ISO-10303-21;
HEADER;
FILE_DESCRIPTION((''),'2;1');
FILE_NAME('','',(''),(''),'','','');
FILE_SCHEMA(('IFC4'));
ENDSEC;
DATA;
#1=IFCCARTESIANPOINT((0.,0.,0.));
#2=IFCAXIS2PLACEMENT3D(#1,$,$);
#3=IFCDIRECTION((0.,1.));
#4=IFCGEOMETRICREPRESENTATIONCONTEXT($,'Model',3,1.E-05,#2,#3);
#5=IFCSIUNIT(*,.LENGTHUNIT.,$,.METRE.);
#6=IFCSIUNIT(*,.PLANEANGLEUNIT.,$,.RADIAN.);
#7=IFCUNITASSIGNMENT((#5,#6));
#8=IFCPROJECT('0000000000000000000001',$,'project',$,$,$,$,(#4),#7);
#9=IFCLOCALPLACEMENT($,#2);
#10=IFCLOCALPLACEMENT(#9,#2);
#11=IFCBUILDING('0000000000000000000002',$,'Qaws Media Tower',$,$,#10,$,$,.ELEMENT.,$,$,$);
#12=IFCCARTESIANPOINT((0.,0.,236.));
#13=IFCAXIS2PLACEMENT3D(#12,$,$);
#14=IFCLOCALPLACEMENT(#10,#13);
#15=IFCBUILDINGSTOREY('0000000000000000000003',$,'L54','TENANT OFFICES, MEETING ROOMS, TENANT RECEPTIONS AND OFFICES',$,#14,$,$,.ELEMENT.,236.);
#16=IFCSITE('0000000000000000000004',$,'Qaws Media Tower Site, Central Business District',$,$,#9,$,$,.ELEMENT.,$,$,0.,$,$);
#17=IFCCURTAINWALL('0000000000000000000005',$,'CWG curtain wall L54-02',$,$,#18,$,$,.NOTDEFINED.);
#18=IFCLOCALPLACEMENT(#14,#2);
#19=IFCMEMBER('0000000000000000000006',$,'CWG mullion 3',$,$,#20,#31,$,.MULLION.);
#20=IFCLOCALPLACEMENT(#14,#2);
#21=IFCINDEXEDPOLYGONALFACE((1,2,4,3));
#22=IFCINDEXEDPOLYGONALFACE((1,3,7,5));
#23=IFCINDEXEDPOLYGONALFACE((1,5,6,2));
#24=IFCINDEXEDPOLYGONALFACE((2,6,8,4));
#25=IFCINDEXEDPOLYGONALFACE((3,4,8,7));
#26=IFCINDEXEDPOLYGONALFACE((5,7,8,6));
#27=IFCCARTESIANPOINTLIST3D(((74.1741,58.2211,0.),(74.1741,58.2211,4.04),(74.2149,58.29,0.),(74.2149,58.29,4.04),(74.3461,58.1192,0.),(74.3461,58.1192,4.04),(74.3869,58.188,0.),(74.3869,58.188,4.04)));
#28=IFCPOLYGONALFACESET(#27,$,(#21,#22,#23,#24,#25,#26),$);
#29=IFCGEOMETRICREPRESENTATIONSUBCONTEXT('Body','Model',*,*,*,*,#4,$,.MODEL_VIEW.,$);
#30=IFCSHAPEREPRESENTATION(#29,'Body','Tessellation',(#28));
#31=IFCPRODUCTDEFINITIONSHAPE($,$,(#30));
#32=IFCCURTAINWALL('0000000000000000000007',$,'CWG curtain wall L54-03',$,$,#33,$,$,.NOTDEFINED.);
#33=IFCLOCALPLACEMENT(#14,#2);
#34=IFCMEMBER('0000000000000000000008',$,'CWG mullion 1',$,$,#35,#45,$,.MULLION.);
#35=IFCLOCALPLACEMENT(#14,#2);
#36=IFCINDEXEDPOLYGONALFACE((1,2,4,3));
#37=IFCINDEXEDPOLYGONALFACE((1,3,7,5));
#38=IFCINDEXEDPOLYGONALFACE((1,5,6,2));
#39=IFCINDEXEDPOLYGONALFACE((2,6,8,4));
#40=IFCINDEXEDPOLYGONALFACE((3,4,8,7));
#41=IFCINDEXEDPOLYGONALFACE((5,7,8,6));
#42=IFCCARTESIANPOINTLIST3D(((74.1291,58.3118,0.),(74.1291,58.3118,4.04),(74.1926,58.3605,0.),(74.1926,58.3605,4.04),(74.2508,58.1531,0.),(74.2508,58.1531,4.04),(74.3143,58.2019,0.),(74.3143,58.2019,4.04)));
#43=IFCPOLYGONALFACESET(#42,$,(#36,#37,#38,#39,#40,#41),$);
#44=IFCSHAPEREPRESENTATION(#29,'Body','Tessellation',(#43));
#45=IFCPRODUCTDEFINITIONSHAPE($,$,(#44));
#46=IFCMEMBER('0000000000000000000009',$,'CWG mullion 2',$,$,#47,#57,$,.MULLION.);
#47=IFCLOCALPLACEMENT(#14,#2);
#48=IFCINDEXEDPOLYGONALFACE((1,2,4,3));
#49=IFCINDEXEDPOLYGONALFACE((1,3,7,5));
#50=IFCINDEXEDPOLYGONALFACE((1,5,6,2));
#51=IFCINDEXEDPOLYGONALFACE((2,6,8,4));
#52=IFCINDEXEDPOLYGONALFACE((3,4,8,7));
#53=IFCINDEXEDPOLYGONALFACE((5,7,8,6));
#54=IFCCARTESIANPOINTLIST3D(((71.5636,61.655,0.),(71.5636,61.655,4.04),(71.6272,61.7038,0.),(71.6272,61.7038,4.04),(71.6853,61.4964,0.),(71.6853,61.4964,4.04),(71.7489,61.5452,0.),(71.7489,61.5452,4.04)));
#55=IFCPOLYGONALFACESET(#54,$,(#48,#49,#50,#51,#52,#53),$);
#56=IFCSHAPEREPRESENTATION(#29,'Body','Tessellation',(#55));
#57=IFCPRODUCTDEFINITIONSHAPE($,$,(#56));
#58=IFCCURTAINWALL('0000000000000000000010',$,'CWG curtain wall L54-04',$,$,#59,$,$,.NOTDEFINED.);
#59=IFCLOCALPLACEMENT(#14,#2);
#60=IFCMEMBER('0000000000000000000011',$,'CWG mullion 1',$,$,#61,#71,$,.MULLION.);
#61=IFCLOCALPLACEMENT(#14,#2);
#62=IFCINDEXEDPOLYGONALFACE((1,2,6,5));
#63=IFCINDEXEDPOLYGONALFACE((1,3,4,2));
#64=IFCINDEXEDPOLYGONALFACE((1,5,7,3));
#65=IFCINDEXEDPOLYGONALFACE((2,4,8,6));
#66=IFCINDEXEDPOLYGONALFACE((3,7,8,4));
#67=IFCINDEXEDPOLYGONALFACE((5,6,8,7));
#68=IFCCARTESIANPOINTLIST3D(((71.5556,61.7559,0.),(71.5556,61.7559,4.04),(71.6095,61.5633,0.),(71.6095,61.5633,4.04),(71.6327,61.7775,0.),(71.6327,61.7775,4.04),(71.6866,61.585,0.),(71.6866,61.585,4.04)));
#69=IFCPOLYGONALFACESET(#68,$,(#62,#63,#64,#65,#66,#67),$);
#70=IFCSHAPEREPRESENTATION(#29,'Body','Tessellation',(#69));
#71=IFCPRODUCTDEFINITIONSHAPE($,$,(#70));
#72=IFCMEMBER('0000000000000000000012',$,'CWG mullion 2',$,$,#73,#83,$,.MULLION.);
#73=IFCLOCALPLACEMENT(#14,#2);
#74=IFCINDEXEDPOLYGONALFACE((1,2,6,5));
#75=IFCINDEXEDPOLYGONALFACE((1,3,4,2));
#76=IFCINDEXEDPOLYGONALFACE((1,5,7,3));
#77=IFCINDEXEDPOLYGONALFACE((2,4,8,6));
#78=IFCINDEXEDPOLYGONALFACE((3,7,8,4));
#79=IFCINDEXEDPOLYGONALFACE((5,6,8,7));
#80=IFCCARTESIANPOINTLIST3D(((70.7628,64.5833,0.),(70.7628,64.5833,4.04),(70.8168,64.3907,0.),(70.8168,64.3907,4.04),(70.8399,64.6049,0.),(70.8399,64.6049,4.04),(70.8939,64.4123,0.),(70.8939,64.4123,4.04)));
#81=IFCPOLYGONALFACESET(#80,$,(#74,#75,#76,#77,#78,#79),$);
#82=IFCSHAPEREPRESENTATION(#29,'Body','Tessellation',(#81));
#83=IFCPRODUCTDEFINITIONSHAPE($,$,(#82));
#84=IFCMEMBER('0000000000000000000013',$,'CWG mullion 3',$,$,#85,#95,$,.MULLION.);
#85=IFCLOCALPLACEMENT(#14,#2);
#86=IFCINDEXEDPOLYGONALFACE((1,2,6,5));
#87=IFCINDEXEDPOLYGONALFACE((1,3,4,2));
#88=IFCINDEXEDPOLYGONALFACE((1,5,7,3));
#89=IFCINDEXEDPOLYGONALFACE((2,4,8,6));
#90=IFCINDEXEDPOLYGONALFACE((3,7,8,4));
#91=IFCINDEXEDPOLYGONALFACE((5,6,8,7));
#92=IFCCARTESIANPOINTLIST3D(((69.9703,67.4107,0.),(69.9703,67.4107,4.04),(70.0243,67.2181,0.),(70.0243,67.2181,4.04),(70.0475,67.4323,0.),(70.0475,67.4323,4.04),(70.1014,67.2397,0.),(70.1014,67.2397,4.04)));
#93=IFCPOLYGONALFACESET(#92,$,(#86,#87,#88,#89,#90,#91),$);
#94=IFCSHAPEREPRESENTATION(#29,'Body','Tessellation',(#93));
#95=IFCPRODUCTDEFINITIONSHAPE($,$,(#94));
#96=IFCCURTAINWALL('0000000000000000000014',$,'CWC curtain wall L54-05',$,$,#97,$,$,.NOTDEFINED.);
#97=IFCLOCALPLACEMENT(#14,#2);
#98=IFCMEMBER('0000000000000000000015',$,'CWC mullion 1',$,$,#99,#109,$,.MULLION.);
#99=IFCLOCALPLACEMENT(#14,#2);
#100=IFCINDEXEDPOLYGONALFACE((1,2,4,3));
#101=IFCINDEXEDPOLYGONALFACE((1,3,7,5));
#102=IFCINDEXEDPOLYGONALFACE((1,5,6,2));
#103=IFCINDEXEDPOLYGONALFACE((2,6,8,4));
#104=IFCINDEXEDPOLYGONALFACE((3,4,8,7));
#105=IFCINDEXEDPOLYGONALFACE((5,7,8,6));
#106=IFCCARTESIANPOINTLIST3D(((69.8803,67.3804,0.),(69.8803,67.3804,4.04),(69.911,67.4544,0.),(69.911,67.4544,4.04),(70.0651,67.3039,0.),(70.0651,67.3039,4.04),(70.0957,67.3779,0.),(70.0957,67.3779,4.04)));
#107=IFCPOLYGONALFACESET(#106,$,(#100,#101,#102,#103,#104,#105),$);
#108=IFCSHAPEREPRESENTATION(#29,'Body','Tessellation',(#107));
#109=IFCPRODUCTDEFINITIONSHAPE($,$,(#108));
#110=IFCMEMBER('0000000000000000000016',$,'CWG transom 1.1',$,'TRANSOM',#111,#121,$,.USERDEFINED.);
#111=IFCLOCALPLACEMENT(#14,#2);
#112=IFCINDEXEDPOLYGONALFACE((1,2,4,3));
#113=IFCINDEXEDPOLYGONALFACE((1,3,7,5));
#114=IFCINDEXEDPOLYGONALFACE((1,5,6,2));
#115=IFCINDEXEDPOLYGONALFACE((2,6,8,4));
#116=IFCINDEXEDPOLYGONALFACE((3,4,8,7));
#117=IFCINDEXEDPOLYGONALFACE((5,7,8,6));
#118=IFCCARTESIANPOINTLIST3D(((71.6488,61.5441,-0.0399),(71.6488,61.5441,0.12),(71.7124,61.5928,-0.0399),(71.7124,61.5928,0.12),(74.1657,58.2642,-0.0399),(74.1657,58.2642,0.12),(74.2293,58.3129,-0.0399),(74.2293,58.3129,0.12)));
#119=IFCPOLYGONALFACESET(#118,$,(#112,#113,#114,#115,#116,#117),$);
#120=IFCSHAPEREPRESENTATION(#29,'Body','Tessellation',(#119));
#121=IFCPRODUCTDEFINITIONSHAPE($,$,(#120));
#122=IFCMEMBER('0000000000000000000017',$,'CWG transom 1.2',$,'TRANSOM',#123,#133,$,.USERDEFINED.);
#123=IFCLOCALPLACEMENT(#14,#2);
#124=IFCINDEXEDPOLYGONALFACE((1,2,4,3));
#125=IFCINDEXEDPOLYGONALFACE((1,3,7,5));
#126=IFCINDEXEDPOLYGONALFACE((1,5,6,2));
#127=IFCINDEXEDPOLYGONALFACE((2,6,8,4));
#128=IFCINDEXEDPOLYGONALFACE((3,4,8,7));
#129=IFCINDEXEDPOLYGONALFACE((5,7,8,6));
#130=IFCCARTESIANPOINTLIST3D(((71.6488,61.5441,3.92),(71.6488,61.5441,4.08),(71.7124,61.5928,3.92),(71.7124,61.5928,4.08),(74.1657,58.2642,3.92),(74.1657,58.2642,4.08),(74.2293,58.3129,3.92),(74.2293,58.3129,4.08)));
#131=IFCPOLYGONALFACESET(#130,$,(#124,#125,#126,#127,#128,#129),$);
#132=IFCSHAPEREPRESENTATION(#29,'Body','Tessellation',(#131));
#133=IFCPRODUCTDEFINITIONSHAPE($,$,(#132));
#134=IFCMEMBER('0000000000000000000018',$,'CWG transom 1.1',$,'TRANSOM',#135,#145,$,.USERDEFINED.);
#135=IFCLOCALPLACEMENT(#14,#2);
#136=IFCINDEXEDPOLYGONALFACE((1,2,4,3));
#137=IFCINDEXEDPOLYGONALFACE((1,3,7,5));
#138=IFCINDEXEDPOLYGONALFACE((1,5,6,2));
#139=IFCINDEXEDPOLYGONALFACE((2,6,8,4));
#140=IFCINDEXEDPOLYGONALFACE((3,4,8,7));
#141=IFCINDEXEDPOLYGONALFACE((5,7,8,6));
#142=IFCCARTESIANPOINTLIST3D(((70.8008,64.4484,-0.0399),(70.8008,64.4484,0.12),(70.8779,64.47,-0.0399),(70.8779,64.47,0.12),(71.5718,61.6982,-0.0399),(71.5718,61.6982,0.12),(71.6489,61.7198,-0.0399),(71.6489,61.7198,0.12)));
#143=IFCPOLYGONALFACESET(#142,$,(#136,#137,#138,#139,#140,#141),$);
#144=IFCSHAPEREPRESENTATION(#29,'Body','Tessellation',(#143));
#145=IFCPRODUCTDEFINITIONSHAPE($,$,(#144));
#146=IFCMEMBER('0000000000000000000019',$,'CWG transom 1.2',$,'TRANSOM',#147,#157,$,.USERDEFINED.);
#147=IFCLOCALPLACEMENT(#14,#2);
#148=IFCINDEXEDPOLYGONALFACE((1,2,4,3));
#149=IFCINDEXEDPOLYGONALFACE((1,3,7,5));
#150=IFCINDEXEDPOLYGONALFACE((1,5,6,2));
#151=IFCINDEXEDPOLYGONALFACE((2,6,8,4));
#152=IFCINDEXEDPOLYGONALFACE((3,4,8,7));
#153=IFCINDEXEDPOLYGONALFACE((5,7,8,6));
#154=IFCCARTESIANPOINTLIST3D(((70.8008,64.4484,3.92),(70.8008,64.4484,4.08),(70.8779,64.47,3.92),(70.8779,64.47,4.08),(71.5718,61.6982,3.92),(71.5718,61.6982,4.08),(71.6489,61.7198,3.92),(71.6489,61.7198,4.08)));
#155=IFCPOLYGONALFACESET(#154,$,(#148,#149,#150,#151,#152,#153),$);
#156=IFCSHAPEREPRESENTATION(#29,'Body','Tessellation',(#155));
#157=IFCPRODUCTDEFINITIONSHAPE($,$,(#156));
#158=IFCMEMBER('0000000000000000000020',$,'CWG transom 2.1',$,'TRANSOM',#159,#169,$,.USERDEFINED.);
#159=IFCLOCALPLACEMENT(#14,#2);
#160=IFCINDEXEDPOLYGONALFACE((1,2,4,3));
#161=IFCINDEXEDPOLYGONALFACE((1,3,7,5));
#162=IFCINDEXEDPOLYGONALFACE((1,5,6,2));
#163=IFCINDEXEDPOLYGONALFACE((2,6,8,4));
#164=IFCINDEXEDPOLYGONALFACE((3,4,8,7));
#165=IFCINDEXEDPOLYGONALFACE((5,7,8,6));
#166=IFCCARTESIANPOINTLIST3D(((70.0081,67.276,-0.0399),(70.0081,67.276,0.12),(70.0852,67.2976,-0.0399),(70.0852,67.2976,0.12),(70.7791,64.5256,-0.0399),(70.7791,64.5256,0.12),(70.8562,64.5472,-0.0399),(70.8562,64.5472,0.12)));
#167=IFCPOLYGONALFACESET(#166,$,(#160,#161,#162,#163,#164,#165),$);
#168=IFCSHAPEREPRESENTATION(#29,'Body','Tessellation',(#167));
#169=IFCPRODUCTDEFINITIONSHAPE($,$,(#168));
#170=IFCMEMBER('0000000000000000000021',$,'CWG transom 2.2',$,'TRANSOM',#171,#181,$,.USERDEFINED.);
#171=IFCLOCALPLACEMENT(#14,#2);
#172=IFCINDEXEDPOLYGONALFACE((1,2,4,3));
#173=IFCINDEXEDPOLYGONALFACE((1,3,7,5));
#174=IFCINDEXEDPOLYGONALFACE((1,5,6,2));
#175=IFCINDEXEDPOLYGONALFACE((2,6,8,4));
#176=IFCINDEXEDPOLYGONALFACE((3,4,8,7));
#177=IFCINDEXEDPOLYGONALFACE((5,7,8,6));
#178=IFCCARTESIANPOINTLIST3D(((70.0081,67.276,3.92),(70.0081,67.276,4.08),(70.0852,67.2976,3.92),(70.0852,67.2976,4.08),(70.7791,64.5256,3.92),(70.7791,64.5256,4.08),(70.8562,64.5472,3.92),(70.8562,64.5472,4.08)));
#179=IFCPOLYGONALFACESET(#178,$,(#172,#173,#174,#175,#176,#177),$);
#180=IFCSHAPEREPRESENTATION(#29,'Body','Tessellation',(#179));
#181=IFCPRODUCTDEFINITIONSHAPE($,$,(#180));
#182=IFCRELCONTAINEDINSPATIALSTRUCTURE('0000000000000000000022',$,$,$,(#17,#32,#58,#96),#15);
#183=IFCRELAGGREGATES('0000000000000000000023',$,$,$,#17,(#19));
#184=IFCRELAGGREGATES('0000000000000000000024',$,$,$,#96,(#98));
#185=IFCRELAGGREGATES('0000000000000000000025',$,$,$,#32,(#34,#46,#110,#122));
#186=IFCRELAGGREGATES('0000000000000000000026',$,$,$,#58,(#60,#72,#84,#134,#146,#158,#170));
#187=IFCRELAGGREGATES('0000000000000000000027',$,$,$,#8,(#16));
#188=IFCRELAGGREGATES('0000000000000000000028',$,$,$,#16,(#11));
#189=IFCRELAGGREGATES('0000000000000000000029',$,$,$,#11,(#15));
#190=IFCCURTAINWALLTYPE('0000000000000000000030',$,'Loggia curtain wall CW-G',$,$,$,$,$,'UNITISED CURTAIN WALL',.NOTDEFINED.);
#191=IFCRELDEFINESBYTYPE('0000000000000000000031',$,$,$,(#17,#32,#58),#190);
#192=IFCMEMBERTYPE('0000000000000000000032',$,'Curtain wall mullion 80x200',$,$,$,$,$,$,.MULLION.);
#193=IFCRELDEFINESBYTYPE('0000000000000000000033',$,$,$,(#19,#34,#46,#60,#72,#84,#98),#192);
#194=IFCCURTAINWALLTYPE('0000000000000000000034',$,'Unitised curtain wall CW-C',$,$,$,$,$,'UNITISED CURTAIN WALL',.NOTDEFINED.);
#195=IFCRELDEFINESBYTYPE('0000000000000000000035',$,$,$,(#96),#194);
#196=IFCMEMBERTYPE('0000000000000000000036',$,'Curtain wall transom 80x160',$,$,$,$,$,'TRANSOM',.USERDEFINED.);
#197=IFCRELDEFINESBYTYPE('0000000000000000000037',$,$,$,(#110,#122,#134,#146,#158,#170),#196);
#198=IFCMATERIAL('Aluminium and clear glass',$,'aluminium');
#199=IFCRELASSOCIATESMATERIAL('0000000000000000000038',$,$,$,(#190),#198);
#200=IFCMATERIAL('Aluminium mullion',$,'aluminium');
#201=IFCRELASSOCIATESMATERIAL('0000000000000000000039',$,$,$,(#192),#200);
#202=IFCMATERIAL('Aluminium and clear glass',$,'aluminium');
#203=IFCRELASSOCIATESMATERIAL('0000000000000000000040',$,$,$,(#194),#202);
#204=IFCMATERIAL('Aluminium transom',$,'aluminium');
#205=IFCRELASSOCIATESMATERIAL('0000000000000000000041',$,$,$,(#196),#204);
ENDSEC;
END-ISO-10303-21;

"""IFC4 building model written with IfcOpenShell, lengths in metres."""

from ifc_helpers import new_model, si_unit, direction, frame, origin, origin_2d, place, context, subcontext, project, spatial, rectangle, extrude, material, material_profile, profile_set, type_object, element, aggregate, save


model = new_model("IFC4")

# Units and contexts
model_context = context("Model", 3, precision=1e-05, world=origin(), true_north=direction((0.0, 1.0)))
body_context = subcontext(model_context, "Body", "Model", "MODEL_VIEW")
ifc_project = project(units=[si_unit("LENGTHUNIT", "METRE"), si_unit("PLANEANGLEUNIT", "RADIAN")], contexts=[model_context])

# Site, building, storey
site_placement = place(None, origin())
site = spatial("IfcSite", under=ifc_project, at=site_placement, Name="Qaws Media Tower Site, Central Business District", CompositionType="ELEMENT", RefElevation=0.0)
building_placement = place(site_placement, origin())
building = spatial("IfcBuilding", under=site, at=building_placement, Name="Qaws Media Tower", CompositionType="ELEMENT")
storey_placement = place(building_placement, frame((0.0, 0.0, 236.0)))
storey = spatial("IfcBuildingStorey", under=building, at=storey_placement, Name="L54", Description="TENANT OFFICES, MEETING ROOMS, TENANT RECEPTIONS AND OFFICES", CompositionType="ELEMENT", Elevation=236.0)

# Curtain wall, member
ifc_material_1 = material(Name="Aluminium and clear glass", Category="aluminium")
curtain_wall_type_1 = type_object("IfcCurtainWallType", Name="Loggia curtain wall CW-G", ElementType="UNITISED CURTAIN WALL", PredefinedType="NOTDEFINED", material=ifc_material_1)
curtain_wall_1_placement = place(storey_placement, origin())
curtain_wall_1 = element("IfcCurtainWall", 1, at=curtain_wall_1_placement, inside=storey, type_object=curtain_wall_type_1, Name="CWG curtain wall L54-02", PredefinedType="NOTDEFINED")
ifc_material_2 = material(Name="Aluminium mullion", Category="aluminium")
ifc_material_profile_1 = material_profile(ifc_material_2, rectangle(XDim=0.0801, YDim=0.2, at=origin_2d()), Name="80x200")
ifc_profile_set_1 = profile_set([ifc_material_profile_1], Name="Aluminium mullion")
member_type_1 = type_object("IfcMemberType", Name="Curtain wall mullion 80x200", PredefinedType="MULLION", material=ifc_profile_set_1)
member_1_placement = place(storey_placement, frame((74.2805, 58.2046, 0.0), z_axis=(0.0, 0.0, 1.0), x_axis=(-0.509951, -0.860204, 0.0)))
member_1 = element("IfcMember", 2, at=member_1_placement, type_object=member_type_1, Name="CWG mullion 3", PredefinedType="MULLION", context=body_context, shape_type="SweptSolid", body=[
    extrude(rectangle(XDim=0.0801, YDim=0.2, at=origin_2d()), origin(), (0.0, 0.0, 1.0), 4.04),
])
aggregate(curtain_wall_1, [member_1])

# Curtain walls, members
curtain_wall_2_placement = place(storey_placement, origin())
curtain_wall_2 = element("IfcCurtainWall", 3, at=curtain_wall_2_placement, inside=storey, type_object=curtain_wall_type_1, Name="CWG curtain wall L54-03", PredefinedType="NOTDEFINED")
member_2_placement = place(storey_placement, frame((74.2217, 58.2568, 0.0), z_axis=(0.0, 0.0, 1.0), x_axis=(-0.793353, -0.608761, 0.0)))
member_2 = element("IfcMember", 4, at=member_2_placement, type_object=member_type_1, Name="CWG mullion 1", PredefinedType="MULLION", context=body_context, shape_type="SweptSolid", body=[
    extrude(rectangle(XDim=0.0801, YDim=0.2, at=origin_2d()), origin(), (0.0, 0.0, 1.0), 4.04),
])
member_3_placement = place(storey_placement, frame((71.6562, 61.6001, 0.0), z_axis=(0.0, 0.0, 1.0), x_axis=(-0.793353, -0.608761, 0.0)))
member_3 = element("IfcMember", 5, at=member_3_placement, type_object=member_type_1, Name="CWG mullion 2", PredefinedType="MULLION", context=body_context, shape_type="SweptSolid", body=[
    extrude(rectangle(XDim=0.0801, YDim=0.2, at=origin_2d()), origin(), (0.0, 0.0, 1.0), 4.04),
])
curtain_wall_3_placement = place(storey_placement, origin())
curtain_wall_3 = element("IfcCurtainWall", 6, at=curtain_wall_3_placement, inside=storey, type_object=curtain_wall_type_1, Name="CWG curtain wall L54-04", PredefinedType="NOTDEFINED")
member_4_placement = place(storey_placement, frame((71.6211, 61.6704, 0.0), z_axis=(0.0, 0.0, 1.0), x_axis=(-0.962878, -0.269937, 0.0)))
member_4 = element("IfcMember", 7, at=member_4_placement, type_object=member_type_1, Name="CWG mullion 1", PredefinedType="MULLION", context=body_context, shape_type="SweptSolid", body=[
    extrude(rectangle(XDim=0.0801, YDim=0.2, at=origin_2d()), origin(), (0.0, 0.0, 1.0), 4.04),
])
member_5_placement = place(storey_placement, frame((70.8284, 64.4978, 0.0), z_axis=(0.0, 0.0, 1.0), x_axis=(-0.962878, -0.269937, 0.0)))
member_5 = element("IfcMember", 8, at=member_5_placement, type_object=member_type_1, Name="CWG mullion 2", PredefinedType="MULLION", context=body_context, shape_type="SweptSolid", body=[
    extrude(rectangle(XDim=0.0801, YDim=0.2, at=origin_2d()), origin(), (0.0, 0.0, 1.0), 4.04),
])
member_6_placement = place(storey_placement, frame((70.0359, 67.3252, 0.0), z_axis=(0.0, 0.0, 1.0), x_axis=(-0.962878, -0.269937, 0.0)))
member_6 = element("IfcMember", 9, at=member_6_placement, type_object=member_type_1, Name="CWG mullion 3", PredefinedType="MULLION", context=body_context, shape_type="SweptSolid", body=[
    extrude(rectangle(XDim=0.0801, YDim=0.2, at=origin_2d()), origin(), (0.0, 0.0, 1.0), 4.04),
])

# Curtain wall, member
ifc_material_3 = material(Name="Aluminium and clear glass", Category="aluminium")
curtain_wall_type_2 = type_object("IfcCurtainWallType", Name="Unitised curtain wall CW-C", ElementType="UNITISED CURTAIN WALL", PredefinedType="NOTDEFINED", material=ifc_material_3)
curtain_wall_4_placement = place(storey_placement, origin())
curtain_wall_4 = element("IfcCurtainWall", 10, at=curtain_wall_4_placement, inside=storey, type_object=curtain_wall_type_2, Name="CWC curtain wall L54-05", PredefinedType="NOTDEFINED")
member_7_placement = place(storey_placement, frame((69.988, 67.3792, 0.0), z_axis=(0.0, 0.0, 1.0), x_axis=(-0.382684, -0.923879, 0.0)))
member_7 = element("IfcMember", 11, at=member_7_placement, type_object=member_type_1, Name="CWC mullion 1", PredefinedType="MULLION", context=body_context, shape_type="SweptSolid", body=[
    extrude(rectangle(XDim=0.0801, YDim=0.2, at=origin_2d()), origin(), (0.0, 0.0, 1.0), 4.04),
])
aggregate(curtain_wall_4, [member_7])

# Members
ifc_material_4 = material(Name="Aluminium transom", Category="aluminium")
ifc_material_profile_2 = material_profile(ifc_material_4, rectangle(XDim=0.0801, YDim=0.1599, at=origin_2d()), Name="80x160")
ifc_profile_set_2 = profile_set([ifc_material_profile_2], Name="Aluminium transom")
member_type_2 = type_object("IfcMemberType", Name="Curtain wall transom 80x160", ElementType="TRANSOM", PredefinedType="USERDEFINED", material=ifc_profile_set_2)
member_8_placement = place(storey_placement, frame((74.1975, 58.2886, 0.04), z_axis=(-0.608789, 0.793333, 0.0), x_axis=(-0.793333, -0.608789, 0.0)))
member_8 = element("IfcMember", 12, at=member_8_placement, type_object=member_type_2, Name="CWG transom 1.1", ObjectType="TRANSOM", PredefinedType="USERDEFINED", context=body_context, shape_type="SweptSolid", body=[
    extrude(rectangle(XDim=0.0801, YDim=0.1599, at=origin_2d()), origin(), (0.0, 0.0, 1.0), 4.1343),
])
member_9_placement = place(storey_placement, frame((74.1975, 58.2886, 4.0), z_axis=(-0.608789, 0.793333, 0.0), x_axis=(-0.793333, -0.608789, 0.0)))
member_9 = element("IfcMember", 13, at=member_9_placement, type_object=member_type_2, Name="CWG transom 1.2", ObjectType="TRANSOM", PredefinedType="USERDEFINED", context=body_context, shape_type="SweptSolid", body=[
    extrude(rectangle(XDim=0.0801, YDim=0.1599, at=origin_2d()), origin(), (0.0, 0.0, 1.0), 4.1343),
])
member_10_placement = place(storey_placement, frame((71.6104, 61.709, 0.04), z_axis=(-0.269931, 0.96288, 0.0), x_axis=(-0.96288, -0.269931, 0.0)))
member_10 = element("IfcMember", 14, at=member_10_placement, type_object=member_type_2, Name="CWG transom 1.1", ObjectType="TRANSOM", PredefinedType="USERDEFINED", context=body_context, shape_type="SweptSolid", body=[
    extrude(rectangle(XDim=0.0801, YDim=0.1599, at=origin_2d()), origin(), (0.0, 0.0, 1.0), 2.8562),
])
member_11_placement = place(storey_placement, frame((71.6104, 61.709, 4.0), z_axis=(-0.269931, 0.96288, 0.0), x_axis=(-0.96288, -0.269931, 0.0)))
member_11 = element("IfcMember", 15, at=member_11_placement, type_object=member_type_2, Name="CWG transom 1.2", ObjectType="TRANSOM", PredefinedType="USERDEFINED", context=body_context, shape_type="SweptSolid", body=[
    extrude(rectangle(XDim=0.0801, YDim=0.1599, at=origin_2d()), origin(), (0.0, 0.0, 1.0), 2.8562),
])
member_12_placement = place(storey_placement, frame((70.8176, 64.5364, 0.04), z_axis=(-0.269909, 0.962886, 0.0), x_axis=(-0.962886, -0.269909, 0.0)))
member_12 = element("IfcMember", 16, at=member_12_placement, type_object=member_type_2, Name="CWG transom 2.1", ObjectType="TRANSOM", PredefinedType="USERDEFINED", context=body_context, shape_type="SweptSolid", body=[
    extrude(rectangle(XDim=0.0801, YDim=0.1599, at=origin_2d()), origin(), (0.0, 0.0, 1.0), 2.8564),
])
member_13_placement = place(storey_placement, frame((70.8176, 64.5364, 4.0), z_axis=(-0.269909, 0.962886, 0.0), x_axis=(-0.962886, -0.269909, 0.0)))
member_13 = element("IfcMember", 17, at=member_13_placement, type_object=member_type_2, Name="CWG transom 2.2", ObjectType="TRANSOM", PredefinedType="USERDEFINED", context=body_context, shape_type="SweptSolid", body=[
    extrude(rectangle(XDim=0.0801, YDim=0.1599, at=origin_2d()), origin(), (0.0, 0.0, 1.0), 2.8564),
])

aggregate(curtain_wall_2, [member_2, member_3, member_8, member_9])
aggregate(curtain_wall_3, [member_4, member_5, member_6, member_10, member_11, member_12, member_13])

save(model, "model.ifc")
